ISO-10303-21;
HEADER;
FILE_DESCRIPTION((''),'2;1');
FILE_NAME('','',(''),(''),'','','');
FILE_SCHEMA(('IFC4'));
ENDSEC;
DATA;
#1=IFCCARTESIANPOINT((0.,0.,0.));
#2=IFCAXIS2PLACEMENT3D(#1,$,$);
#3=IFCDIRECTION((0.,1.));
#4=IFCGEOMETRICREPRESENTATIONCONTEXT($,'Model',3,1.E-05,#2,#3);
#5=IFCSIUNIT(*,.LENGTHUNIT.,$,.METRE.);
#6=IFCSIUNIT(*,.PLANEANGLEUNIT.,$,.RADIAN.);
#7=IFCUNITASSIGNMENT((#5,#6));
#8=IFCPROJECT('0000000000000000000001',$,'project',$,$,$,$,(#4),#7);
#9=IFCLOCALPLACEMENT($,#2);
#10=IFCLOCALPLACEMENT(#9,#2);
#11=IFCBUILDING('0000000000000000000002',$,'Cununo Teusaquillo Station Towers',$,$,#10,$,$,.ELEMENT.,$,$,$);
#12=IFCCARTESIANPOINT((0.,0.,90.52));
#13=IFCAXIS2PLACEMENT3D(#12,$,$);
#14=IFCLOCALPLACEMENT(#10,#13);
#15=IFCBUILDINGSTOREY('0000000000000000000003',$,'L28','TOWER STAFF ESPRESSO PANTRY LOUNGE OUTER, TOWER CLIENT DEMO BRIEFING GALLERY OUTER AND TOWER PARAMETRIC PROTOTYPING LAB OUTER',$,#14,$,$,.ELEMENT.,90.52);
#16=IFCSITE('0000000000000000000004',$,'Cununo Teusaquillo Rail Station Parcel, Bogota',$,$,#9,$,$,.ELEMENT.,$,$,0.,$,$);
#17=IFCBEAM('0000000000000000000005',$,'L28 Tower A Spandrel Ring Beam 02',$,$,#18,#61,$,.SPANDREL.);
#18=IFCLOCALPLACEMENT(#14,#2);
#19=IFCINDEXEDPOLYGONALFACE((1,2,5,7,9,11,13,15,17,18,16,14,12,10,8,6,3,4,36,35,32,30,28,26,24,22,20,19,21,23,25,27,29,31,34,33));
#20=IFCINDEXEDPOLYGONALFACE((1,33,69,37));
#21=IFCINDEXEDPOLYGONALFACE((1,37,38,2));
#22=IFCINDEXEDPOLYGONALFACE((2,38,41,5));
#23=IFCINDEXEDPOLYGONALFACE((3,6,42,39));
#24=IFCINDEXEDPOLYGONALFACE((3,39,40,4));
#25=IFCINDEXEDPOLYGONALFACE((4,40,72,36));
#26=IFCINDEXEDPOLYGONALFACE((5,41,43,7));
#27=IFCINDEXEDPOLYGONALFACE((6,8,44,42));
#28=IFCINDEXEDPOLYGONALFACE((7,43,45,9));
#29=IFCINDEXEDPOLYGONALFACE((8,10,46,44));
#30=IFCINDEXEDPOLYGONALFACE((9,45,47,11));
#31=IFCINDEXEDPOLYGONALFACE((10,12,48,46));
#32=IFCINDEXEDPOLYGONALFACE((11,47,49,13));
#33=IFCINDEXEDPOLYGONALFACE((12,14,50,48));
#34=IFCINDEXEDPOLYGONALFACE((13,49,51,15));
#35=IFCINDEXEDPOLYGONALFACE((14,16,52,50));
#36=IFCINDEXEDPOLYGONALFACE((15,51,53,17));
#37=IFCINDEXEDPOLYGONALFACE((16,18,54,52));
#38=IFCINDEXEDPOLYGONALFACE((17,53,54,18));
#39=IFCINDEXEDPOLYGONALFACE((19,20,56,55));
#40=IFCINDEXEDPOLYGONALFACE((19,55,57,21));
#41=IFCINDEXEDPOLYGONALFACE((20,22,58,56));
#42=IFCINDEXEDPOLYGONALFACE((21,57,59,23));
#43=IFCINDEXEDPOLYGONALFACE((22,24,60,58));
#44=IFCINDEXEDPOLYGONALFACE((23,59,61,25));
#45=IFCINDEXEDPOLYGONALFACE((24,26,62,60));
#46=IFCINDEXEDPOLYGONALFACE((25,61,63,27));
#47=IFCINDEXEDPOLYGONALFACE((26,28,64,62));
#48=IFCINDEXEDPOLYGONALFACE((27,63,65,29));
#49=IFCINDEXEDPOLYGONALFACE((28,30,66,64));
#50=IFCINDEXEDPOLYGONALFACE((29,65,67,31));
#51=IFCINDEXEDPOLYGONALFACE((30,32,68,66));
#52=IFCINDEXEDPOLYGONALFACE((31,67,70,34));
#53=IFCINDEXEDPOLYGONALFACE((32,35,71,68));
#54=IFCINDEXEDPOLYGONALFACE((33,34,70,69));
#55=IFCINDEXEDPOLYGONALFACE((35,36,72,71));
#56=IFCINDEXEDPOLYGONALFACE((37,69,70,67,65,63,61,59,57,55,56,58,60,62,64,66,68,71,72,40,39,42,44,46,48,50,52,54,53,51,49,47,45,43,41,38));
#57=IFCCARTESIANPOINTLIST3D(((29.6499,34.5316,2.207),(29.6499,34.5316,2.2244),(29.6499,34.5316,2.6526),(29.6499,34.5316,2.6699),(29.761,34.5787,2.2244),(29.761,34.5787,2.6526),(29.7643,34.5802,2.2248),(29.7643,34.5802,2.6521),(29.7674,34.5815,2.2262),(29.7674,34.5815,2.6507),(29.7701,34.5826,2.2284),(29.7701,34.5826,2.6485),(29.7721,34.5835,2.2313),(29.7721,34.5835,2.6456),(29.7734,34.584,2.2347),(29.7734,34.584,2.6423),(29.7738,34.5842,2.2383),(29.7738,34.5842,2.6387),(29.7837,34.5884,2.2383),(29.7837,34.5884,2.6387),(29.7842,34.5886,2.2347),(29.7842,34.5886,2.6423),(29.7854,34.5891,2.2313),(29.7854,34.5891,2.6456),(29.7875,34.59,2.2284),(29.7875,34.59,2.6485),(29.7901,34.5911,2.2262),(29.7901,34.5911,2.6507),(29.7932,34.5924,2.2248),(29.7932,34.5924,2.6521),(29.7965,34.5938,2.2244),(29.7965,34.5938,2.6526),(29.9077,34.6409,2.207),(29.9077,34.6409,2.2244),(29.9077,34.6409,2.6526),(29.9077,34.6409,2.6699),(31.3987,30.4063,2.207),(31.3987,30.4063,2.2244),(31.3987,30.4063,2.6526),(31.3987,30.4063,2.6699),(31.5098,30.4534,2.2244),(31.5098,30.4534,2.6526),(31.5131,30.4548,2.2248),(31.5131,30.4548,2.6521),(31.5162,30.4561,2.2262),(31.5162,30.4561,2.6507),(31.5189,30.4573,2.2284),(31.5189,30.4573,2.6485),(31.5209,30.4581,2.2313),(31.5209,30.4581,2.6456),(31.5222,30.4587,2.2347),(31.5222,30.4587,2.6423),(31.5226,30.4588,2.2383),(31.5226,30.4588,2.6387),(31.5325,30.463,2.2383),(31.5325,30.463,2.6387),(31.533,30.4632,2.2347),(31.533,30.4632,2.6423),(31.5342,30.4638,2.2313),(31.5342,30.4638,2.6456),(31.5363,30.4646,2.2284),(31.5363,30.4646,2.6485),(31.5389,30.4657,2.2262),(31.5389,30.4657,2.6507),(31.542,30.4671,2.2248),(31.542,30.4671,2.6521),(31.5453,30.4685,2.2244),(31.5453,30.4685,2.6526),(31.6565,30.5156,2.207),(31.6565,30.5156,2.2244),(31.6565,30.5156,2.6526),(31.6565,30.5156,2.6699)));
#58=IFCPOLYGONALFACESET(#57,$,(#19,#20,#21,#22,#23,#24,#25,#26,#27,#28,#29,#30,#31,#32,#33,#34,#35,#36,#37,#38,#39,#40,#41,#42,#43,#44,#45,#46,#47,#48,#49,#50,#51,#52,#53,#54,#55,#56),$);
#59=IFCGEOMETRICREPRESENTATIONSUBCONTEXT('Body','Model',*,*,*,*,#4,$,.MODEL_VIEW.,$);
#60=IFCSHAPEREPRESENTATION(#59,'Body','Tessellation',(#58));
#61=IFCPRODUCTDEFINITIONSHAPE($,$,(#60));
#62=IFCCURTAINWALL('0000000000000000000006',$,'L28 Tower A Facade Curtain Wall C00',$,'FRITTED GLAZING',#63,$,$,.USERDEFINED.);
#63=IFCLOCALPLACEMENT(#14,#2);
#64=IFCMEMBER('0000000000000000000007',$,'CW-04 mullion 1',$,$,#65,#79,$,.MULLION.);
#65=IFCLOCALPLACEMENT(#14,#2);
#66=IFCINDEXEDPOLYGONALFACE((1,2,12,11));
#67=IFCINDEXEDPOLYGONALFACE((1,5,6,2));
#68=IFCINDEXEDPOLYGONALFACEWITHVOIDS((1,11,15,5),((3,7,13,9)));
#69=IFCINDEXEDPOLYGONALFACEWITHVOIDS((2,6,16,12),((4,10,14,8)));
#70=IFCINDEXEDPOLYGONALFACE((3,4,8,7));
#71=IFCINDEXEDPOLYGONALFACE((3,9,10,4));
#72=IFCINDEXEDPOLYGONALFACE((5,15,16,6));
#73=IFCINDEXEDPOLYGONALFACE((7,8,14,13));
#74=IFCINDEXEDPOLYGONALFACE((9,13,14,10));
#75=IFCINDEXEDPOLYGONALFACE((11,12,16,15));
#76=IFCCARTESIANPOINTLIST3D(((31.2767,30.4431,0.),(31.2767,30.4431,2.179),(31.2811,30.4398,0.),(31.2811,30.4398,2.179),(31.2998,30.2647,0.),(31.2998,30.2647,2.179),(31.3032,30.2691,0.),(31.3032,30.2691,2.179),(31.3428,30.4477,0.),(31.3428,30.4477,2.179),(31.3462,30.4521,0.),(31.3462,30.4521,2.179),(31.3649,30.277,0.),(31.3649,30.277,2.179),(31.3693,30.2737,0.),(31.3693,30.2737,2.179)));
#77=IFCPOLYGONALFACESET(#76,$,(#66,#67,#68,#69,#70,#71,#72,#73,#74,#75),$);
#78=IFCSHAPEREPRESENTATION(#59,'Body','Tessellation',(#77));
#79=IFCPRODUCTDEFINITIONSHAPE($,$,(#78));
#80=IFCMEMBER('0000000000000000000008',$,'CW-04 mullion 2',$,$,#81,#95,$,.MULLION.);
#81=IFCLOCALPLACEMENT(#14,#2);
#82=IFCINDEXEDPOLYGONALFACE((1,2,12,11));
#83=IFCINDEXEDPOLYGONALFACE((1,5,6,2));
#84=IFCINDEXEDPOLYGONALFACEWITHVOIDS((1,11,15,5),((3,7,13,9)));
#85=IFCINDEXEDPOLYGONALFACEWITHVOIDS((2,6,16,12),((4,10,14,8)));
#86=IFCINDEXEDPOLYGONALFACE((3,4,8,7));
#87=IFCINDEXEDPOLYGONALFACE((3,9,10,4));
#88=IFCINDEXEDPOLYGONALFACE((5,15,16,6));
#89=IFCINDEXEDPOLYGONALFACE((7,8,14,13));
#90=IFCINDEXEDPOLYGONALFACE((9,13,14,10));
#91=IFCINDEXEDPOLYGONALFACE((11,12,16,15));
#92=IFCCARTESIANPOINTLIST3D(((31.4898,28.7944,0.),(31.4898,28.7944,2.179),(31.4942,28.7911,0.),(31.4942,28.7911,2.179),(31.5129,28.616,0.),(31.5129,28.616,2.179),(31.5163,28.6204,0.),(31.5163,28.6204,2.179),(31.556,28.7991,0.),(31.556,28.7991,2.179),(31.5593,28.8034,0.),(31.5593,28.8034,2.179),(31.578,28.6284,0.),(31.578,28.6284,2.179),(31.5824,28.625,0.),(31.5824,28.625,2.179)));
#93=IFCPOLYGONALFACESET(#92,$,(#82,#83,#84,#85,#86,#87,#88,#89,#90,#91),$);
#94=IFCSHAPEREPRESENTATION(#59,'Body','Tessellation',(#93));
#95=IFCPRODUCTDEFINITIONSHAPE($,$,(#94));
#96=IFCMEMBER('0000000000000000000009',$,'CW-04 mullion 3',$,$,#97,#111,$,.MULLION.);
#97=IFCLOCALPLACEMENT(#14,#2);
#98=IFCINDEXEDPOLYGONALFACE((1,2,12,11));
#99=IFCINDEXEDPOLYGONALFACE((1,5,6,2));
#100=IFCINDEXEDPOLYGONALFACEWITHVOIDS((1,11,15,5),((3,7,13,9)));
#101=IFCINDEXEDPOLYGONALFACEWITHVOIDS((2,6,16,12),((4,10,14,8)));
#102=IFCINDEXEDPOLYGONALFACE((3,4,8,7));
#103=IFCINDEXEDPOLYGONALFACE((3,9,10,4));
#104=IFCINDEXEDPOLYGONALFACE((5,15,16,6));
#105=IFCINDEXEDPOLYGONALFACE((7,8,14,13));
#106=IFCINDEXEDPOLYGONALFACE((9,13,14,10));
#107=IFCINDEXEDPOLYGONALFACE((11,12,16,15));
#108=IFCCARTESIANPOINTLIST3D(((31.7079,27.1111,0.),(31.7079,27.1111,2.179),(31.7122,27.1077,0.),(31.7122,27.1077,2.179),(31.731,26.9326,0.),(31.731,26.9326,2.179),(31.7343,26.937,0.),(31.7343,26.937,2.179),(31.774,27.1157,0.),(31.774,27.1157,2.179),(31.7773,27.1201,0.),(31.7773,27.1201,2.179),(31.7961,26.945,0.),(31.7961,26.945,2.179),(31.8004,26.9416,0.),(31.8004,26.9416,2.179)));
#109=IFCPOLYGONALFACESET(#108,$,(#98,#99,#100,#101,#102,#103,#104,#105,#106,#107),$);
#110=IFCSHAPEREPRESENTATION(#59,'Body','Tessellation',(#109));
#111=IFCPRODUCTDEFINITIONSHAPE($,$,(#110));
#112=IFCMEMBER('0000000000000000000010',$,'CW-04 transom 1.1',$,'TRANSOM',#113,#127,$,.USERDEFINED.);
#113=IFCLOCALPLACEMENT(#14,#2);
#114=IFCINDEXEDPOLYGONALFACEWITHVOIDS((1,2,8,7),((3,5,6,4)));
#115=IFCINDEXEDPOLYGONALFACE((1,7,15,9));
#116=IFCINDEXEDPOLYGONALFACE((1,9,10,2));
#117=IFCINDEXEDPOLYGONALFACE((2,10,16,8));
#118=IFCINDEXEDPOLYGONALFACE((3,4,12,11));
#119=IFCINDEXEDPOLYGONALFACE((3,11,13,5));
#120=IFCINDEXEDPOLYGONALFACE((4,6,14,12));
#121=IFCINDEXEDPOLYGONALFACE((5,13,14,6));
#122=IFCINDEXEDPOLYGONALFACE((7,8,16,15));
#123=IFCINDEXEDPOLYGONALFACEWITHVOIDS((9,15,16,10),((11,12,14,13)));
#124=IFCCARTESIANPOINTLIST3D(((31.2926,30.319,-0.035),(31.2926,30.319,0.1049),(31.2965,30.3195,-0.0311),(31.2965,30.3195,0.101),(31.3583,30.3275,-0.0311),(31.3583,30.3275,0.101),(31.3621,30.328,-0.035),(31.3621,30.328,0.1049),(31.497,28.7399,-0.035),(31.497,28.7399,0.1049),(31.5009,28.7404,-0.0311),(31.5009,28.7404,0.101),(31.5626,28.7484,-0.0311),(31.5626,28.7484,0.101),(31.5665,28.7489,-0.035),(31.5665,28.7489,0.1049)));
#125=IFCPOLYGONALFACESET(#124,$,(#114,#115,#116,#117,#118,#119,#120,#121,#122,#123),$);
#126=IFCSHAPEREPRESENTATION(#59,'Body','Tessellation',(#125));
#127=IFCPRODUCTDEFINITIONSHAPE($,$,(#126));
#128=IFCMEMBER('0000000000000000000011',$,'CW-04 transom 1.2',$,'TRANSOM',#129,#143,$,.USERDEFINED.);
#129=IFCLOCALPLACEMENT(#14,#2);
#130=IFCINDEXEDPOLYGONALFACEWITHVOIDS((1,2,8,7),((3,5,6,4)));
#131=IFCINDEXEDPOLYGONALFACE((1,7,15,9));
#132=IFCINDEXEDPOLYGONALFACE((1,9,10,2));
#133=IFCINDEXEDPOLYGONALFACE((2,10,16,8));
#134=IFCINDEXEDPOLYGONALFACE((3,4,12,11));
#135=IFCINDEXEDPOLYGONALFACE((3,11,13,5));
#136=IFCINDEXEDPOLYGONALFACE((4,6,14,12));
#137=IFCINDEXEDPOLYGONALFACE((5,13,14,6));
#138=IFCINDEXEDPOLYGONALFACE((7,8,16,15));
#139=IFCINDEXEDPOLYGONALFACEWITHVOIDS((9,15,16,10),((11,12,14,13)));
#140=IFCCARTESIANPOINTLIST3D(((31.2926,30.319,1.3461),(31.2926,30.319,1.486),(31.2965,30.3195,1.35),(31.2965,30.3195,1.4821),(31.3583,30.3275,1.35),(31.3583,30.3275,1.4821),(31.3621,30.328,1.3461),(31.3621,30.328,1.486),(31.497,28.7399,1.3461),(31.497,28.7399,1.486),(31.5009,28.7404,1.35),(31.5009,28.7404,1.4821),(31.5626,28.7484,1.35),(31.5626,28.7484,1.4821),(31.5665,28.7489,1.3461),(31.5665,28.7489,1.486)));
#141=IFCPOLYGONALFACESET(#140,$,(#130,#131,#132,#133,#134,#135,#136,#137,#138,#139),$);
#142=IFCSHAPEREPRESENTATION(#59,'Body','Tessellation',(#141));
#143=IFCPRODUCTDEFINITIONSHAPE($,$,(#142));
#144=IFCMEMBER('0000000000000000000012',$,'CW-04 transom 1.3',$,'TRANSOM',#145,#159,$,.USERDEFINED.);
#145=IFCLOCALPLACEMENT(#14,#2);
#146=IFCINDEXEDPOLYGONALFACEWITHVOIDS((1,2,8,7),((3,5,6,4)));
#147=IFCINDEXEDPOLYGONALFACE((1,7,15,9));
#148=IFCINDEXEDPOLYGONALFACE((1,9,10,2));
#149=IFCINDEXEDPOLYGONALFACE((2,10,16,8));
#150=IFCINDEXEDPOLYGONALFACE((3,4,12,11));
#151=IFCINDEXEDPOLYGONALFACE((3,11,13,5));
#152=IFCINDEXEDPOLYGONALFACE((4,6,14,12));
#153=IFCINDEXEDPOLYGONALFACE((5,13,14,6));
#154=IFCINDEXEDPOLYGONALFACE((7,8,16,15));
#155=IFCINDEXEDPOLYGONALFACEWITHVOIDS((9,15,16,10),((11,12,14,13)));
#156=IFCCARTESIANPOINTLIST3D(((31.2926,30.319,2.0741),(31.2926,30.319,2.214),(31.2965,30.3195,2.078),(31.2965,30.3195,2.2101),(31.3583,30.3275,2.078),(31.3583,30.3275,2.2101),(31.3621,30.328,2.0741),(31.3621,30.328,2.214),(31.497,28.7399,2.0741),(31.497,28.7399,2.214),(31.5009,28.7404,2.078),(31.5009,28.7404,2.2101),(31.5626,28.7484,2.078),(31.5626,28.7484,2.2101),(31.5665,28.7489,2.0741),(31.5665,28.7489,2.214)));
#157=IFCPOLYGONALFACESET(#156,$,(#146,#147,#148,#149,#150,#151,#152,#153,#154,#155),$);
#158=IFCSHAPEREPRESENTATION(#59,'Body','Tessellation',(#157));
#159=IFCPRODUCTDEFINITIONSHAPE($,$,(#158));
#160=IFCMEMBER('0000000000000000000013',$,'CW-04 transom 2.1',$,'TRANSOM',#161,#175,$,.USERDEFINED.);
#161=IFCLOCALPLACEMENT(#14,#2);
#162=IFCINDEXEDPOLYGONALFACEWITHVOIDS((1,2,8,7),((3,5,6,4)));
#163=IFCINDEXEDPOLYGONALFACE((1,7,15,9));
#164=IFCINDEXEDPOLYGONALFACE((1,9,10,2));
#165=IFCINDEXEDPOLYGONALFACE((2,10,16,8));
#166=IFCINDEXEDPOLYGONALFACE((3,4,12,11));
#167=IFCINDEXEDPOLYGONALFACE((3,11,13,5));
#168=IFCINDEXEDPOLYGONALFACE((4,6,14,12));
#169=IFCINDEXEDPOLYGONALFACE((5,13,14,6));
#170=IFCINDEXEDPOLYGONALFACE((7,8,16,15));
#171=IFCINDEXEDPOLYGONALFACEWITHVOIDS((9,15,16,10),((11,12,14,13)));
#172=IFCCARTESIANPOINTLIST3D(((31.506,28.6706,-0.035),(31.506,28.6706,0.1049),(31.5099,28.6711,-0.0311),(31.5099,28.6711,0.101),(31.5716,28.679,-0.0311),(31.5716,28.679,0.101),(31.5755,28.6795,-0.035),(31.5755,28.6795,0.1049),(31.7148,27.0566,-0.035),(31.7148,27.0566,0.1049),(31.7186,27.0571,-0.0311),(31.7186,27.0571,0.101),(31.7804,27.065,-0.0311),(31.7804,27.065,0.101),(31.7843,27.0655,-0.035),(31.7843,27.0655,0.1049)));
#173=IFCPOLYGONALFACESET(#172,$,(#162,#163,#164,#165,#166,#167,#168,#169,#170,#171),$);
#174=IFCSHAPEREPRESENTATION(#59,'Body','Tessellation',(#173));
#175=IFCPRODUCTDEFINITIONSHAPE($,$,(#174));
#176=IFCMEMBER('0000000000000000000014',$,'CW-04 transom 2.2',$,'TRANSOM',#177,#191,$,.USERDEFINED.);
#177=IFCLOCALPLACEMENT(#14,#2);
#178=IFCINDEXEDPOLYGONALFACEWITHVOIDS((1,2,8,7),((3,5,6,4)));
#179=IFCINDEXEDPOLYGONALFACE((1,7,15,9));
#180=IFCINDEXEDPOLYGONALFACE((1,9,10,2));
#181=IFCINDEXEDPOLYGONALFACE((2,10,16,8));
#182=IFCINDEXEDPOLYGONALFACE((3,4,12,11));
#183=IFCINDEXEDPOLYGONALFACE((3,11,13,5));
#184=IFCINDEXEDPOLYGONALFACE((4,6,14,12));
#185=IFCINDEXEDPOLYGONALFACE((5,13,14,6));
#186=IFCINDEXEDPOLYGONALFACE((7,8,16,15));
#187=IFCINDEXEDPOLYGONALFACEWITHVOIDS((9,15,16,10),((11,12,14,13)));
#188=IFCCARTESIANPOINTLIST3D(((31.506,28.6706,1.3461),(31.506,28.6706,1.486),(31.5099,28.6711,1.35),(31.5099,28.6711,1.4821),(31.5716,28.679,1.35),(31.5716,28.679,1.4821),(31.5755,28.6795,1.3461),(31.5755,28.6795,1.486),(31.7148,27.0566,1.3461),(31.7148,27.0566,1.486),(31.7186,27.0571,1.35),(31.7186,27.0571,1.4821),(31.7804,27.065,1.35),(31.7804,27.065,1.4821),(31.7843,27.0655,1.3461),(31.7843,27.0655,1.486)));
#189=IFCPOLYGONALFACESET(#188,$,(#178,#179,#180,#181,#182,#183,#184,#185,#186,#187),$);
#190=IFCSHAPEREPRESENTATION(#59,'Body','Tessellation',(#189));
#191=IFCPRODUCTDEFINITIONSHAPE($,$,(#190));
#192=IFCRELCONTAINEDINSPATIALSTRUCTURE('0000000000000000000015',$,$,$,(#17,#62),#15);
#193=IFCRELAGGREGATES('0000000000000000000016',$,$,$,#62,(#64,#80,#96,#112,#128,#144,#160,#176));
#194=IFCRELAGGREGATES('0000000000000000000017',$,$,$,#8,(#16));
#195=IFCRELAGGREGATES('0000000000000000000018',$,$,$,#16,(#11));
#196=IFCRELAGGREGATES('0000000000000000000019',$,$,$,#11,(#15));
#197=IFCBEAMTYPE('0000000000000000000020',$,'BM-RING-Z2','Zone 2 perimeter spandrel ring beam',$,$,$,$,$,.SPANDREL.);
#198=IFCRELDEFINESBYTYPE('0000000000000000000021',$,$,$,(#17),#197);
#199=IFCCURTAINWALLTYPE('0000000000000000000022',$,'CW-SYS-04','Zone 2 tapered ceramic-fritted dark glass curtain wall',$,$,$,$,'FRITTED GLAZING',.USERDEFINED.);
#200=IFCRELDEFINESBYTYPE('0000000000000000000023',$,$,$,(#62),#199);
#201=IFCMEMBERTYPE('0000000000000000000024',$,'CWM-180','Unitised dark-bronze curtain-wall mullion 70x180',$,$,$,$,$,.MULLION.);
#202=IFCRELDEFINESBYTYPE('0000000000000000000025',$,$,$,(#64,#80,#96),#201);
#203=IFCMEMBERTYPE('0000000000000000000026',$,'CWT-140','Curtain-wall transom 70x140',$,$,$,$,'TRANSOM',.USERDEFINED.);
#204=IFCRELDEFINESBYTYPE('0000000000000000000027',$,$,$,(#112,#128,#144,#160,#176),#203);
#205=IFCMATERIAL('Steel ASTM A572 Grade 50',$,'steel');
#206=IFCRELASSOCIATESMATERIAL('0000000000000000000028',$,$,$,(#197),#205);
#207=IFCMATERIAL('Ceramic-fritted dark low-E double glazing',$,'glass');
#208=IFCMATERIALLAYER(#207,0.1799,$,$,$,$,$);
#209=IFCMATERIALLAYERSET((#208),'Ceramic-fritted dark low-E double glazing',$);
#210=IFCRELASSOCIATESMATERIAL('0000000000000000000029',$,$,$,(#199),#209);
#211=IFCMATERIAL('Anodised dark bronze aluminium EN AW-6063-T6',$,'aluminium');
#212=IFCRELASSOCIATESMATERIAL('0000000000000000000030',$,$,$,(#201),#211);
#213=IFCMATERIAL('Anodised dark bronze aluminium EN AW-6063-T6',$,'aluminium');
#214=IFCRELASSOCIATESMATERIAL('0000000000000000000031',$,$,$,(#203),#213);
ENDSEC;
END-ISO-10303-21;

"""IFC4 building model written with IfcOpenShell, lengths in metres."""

from ifc_helpers import new_model, si_unit, direction, frame, origin, origin_2d, place, context, subcontext, project, spatial, hollow_rectangle, i_section, extrude, material, layer, layer_set, material_profile, profile_set, type_object, element, aggregate, save


model = new_model("IFC4")

# Units and contexts
model_context = context("Model", 3, precision=1e-05, world=origin(), true_north=direction((0.0, 1.0)))
body_context = subcontext(model_context, "Body", "Model", "MODEL_VIEW")
ifc_project = project(units=[si_unit("LENGTHUNIT", "METRE"), si_unit("PLANEANGLEUNIT", "RADIAN")], contexts=[model_context])

# Site, building, storey
site_placement = place(None, origin())
site = spatial("IfcSite", under=ifc_project, at=site_placement, Name="Cununo Teusaquillo Rail Station Parcel, Bogota", CompositionType="ELEMENT", RefElevation=0.0)
building_placement = place(site_placement, origin())
building = spatial("IfcBuilding", under=site, at=building_placement, Name="Cununo Teusaquillo Station Towers", CompositionType="ELEMENT")
storey_placement = place(building_placement, frame((0.0, 0.0, 90.52)))
storey = spatial("IfcBuildingStorey", under=building, at=storey_placement, Name="L28", Description="TOWER STAFF ESPRESSO PANTRY LOUNGE OUTER, TOWER CLIENT DEMO BRIEFING GALLERY OUTER AND TOWER PARAMETRIC PROTOTYPING LAB OUTER", CompositionType="ELEMENT", Elevation=90.52)

# Beam
ifc_material_1 = material(Name="Steel ASTM A572 Grade 50", Category="steel")
ifc_material_profile_1 = material_profile(ifc_material_1, i_section(OverallWidth=0.28, OverallDepth=0.4629, WebThickness=0.0107, FlangeThickness=0.0173, FilletRadius=0.0139, at=origin_2d()), Name="W18X76")
ifc_profile_set_1 = profile_set([ifc_material_profile_1], Name="Steel ASTM A572 Grade 50")
beam_type = type_object("IfcBeamType", Name="BM-RING-Z2", Description="Zone 2 perimeter spandrel ring beam", PredefinedType="SPANDREL", material=ifc_profile_set_1)
beam_1_placement = place(storey_placement, frame((31.5276, 30.4609, 2.4385), z_axis=(-0.390299, 0.920688, 0.0), x_axis=(-0.920688, -0.390299, 0.0)))
element("IfcBeam", 1, at=beam_1_placement, inside=storey, type_object=beam_type, Name="L28 Tower A Spandrel Ring Beam 02", PredefinedType="SPANDREL", context=body_context, shape_type="SweptSolid", body=[
    extrude(i_section(OverallWidth=0.28, OverallDepth=0.4629, WebThickness=0.0107, FlangeThickness=0.0173, FilletRadius=0.0139, at=origin_2d()), origin(), (0.0, 0.0, 1.0), 4.4807),
])

# Curtain wall, members
ifc_material_2 = material(Name="Ceramic-fritted dark low-E double glazing", Category="glass")
ifc_layer_1 = layer(ifc_material_2, 0.1799)
ifc_layer_set_1 = layer_set([ifc_layer_1], Name="Ceramic-fritted dark low-E double glazing")
curtain_wall_type = type_object("IfcCurtainWallType", Name="CW-SYS-04", Description="Zone 2 tapered ceramic-fritted dark glass curtain wall", ElementType="FRITTED GLAZING", PredefinedType="USERDEFINED", material=ifc_layer_set_1)
curtain_wall_placement = place(storey_placement, origin())
curtain_wall = element("IfcCurtainWall", 2, at=curtain_wall_placement, inside=storey, type_object=curtain_wall_type, Name="L28 Tower A Facade Curtain Wall C00", ObjectType="FRITTED GLAZING", PredefinedType="USERDEFINED")
ifc_material_3 = material(Name="Anodised dark bronze aluminium EN AW-6063-T6", Category="aluminium")
ifc_material_profile_2 = material_profile(ifc_material_3, hollow_rectangle(XDim=0.0701, YDim=0.1799, WallThickness=0.0039, at=origin_2d()), Name="CW-MULL-70x180")
ifc_profile_set_2 = profile_set([ifc_material_profile_2], Name="Anodised dark bronze aluminium EN AW-6063-T6")
member_type_1 = type_object("IfcMemberType", Name="CWM-180", Description="Unitised dark-bronze curtain-wall mullion 70x180", PredefinedType="MULLION", material=ifc_profile_set_2)
member_1_placement = place(storey_placement, frame((31.323, 30.3584, 0.0), z_axis=(0.0, 0.0, 1.0), x_axis=(0.991731, 0.128336, 0.0)))
member_1 = element("IfcMember", 3, at=member_1_placement, type_object=member_type_1, Name="CW-04 mullion 1", PredefinedType="MULLION", context=body_context, shape_type="SweptSolid", body=[
    extrude(hollow_rectangle(XDim=0.0701, YDim=0.1799, WallThickness=0.0039, at=origin_2d()), origin(), (0.0, 0.0, 1.0), 2.179),
])
member_2_placement = place(storey_placement, frame((31.5361, 28.7097, 0.0), z_axis=(0.0, 0.0, 1.0), x_axis=(0.991731, 0.128336, 0.0)))
member_2 = element("IfcMember", 4, at=member_2_placement, type_object=member_type_1, Name="CW-04 mullion 2", PredefinedType="MULLION", context=body_context, shape_type="SweptSolid", body=[
    extrude(hollow_rectangle(XDim=0.0701, YDim=0.1799, WallThickness=0.0039, at=origin_2d()), origin(), (0.0, 0.0, 1.0), 2.179),
])
member_3_placement = place(storey_placement, frame((31.7542, 27.0264, 0.0), z_axis=(0.0, 0.0, 1.0), x_axis=(0.991731, 0.128336, 0.0)))
member_3 = element("IfcMember", 5, at=member_3_placement, type_object=member_type_1, Name="CW-04 mullion 3", PredefinedType="MULLION", context=body_context, shape_type="SweptSolid", body=[
    extrude(hollow_rectangle(XDim=0.0701, YDim=0.1799, WallThickness=0.0039, at=origin_2d()), origin(), (0.0, 0.0, 1.0), 2.179),
])
ifc_material_4 = material(Name="Anodised dark bronze aluminium EN AW-6063-T6", Category="aluminium")
ifc_material_profile_3 = material_profile(ifc_material_4, hollow_rectangle(XDim=0.0701, YDim=0.1399, WallThickness=0.0039, at=origin_2d()), Name="CW-TRAN-70x140")
ifc_profile_set_3 = profile_set([ifc_material_profile_3], Name="Anodised dark bronze aluminium EN AW-6063-T6")
member_type_2 = type_object("IfcMemberType", Name="CWT-140", Description="Curtain-wall transom 70x140", ElementType="TRANSOM", PredefinedType="USERDEFINED", material=ifc_profile_set_3)
member_4_placement = place(storey_placement, frame((31.3274, 30.3235, 0.0349), z_axis=(0.128336, -0.991731, 0.0), x_axis=(0.991731, 0.128336, 0.0)))
member_4 = element("IfcMember", 6, at=member_4_placement, type_object=member_type_2, Name="CW-04 transom 1.1", ObjectType="TRANSOM", PredefinedType="USERDEFINED", context=body_context, shape_type="SweptSolid", body=[
    extrude(hollow_rectangle(XDim=0.0701, YDim=0.1399, WallThickness=0.0039, at=origin_2d()), origin(), (0.0, 0.0, 1.0), 1.5923),
])
member_5_placement = place(storey_placement, frame((31.3274, 30.3235, 1.416), z_axis=(0.128336, -0.991731, 0.0), x_axis=(0.991731, 0.128336, 0.0)))
member_5 = element("IfcMember", 7, at=member_5_placement, type_object=member_type_2, Name="CW-04 transom 1.2", ObjectType="TRANSOM", PredefinedType="USERDEFINED", context=body_context, shape_type="SweptSolid", body=[
    extrude(hollow_rectangle(XDim=0.0701, YDim=0.1399, WallThickness=0.0039, at=origin_2d()), origin(), (0.0, 0.0, 1.0), 1.5923),
])
member_6_placement = place(storey_placement, frame((31.3274, 30.3235, 2.144), z_axis=(0.128336, -0.991731, 0.0), x_axis=(0.991731, 0.128336, 0.0)))
member_6 = element("IfcMember", 8, at=member_6_placement, type_object=member_type_2, Name="CW-04 transom 1.3", ObjectType="TRANSOM", PredefinedType="USERDEFINED", context=body_context, shape_type="SweptSolid", body=[
    extrude(hollow_rectangle(XDim=0.0701, YDim=0.1399, WallThickness=0.0039, at=origin_2d()), origin(), (0.0, 0.0, 1.0), 1.5923),
])
member_7_placement = place(storey_placement, frame((31.5408, 28.675, 0.0349), z_axis=(0.128262, -0.99174, 0.0), x_axis=(0.99174, 0.128262, 0.0)))
member_7 = element("IfcMember", 9, at=member_7_placement, type_object=member_type_2, Name="CW-04 transom 2.1", ObjectType="TRANSOM", PredefinedType="USERDEFINED", context=body_context, shape_type="SweptSolid", body=[
    extrude(hollow_rectangle(XDim=0.0701, YDim=0.1399, WallThickness=0.0039, at=origin_2d()), origin(), (0.0, 0.0, 1.0), 1.6274),
])
member_8_placement = place(storey_placement, frame((31.5408, 28.675, 1.416), z_axis=(0.128262, -0.99174, 0.0), x_axis=(0.99174, 0.128262, 0.0)))
member_8 = element("IfcMember", 10, at=member_8_placement, type_object=member_type_2, Name="CW-04 transom 2.2", ObjectType="TRANSOM", PredefinedType="USERDEFINED", context=body_context, shape_type="SweptSolid", body=[
    extrude(hollow_rectangle(XDim=0.0701, YDim=0.1399, WallThickness=0.0039, at=origin_2d()), origin(), (0.0, 0.0, 1.0), 1.6274),
])
aggregate(curtain_wall, [member_1, member_2, member_3, member_4, member_5, member_6, member_7, member_8])

save(model, "model.ifc")
